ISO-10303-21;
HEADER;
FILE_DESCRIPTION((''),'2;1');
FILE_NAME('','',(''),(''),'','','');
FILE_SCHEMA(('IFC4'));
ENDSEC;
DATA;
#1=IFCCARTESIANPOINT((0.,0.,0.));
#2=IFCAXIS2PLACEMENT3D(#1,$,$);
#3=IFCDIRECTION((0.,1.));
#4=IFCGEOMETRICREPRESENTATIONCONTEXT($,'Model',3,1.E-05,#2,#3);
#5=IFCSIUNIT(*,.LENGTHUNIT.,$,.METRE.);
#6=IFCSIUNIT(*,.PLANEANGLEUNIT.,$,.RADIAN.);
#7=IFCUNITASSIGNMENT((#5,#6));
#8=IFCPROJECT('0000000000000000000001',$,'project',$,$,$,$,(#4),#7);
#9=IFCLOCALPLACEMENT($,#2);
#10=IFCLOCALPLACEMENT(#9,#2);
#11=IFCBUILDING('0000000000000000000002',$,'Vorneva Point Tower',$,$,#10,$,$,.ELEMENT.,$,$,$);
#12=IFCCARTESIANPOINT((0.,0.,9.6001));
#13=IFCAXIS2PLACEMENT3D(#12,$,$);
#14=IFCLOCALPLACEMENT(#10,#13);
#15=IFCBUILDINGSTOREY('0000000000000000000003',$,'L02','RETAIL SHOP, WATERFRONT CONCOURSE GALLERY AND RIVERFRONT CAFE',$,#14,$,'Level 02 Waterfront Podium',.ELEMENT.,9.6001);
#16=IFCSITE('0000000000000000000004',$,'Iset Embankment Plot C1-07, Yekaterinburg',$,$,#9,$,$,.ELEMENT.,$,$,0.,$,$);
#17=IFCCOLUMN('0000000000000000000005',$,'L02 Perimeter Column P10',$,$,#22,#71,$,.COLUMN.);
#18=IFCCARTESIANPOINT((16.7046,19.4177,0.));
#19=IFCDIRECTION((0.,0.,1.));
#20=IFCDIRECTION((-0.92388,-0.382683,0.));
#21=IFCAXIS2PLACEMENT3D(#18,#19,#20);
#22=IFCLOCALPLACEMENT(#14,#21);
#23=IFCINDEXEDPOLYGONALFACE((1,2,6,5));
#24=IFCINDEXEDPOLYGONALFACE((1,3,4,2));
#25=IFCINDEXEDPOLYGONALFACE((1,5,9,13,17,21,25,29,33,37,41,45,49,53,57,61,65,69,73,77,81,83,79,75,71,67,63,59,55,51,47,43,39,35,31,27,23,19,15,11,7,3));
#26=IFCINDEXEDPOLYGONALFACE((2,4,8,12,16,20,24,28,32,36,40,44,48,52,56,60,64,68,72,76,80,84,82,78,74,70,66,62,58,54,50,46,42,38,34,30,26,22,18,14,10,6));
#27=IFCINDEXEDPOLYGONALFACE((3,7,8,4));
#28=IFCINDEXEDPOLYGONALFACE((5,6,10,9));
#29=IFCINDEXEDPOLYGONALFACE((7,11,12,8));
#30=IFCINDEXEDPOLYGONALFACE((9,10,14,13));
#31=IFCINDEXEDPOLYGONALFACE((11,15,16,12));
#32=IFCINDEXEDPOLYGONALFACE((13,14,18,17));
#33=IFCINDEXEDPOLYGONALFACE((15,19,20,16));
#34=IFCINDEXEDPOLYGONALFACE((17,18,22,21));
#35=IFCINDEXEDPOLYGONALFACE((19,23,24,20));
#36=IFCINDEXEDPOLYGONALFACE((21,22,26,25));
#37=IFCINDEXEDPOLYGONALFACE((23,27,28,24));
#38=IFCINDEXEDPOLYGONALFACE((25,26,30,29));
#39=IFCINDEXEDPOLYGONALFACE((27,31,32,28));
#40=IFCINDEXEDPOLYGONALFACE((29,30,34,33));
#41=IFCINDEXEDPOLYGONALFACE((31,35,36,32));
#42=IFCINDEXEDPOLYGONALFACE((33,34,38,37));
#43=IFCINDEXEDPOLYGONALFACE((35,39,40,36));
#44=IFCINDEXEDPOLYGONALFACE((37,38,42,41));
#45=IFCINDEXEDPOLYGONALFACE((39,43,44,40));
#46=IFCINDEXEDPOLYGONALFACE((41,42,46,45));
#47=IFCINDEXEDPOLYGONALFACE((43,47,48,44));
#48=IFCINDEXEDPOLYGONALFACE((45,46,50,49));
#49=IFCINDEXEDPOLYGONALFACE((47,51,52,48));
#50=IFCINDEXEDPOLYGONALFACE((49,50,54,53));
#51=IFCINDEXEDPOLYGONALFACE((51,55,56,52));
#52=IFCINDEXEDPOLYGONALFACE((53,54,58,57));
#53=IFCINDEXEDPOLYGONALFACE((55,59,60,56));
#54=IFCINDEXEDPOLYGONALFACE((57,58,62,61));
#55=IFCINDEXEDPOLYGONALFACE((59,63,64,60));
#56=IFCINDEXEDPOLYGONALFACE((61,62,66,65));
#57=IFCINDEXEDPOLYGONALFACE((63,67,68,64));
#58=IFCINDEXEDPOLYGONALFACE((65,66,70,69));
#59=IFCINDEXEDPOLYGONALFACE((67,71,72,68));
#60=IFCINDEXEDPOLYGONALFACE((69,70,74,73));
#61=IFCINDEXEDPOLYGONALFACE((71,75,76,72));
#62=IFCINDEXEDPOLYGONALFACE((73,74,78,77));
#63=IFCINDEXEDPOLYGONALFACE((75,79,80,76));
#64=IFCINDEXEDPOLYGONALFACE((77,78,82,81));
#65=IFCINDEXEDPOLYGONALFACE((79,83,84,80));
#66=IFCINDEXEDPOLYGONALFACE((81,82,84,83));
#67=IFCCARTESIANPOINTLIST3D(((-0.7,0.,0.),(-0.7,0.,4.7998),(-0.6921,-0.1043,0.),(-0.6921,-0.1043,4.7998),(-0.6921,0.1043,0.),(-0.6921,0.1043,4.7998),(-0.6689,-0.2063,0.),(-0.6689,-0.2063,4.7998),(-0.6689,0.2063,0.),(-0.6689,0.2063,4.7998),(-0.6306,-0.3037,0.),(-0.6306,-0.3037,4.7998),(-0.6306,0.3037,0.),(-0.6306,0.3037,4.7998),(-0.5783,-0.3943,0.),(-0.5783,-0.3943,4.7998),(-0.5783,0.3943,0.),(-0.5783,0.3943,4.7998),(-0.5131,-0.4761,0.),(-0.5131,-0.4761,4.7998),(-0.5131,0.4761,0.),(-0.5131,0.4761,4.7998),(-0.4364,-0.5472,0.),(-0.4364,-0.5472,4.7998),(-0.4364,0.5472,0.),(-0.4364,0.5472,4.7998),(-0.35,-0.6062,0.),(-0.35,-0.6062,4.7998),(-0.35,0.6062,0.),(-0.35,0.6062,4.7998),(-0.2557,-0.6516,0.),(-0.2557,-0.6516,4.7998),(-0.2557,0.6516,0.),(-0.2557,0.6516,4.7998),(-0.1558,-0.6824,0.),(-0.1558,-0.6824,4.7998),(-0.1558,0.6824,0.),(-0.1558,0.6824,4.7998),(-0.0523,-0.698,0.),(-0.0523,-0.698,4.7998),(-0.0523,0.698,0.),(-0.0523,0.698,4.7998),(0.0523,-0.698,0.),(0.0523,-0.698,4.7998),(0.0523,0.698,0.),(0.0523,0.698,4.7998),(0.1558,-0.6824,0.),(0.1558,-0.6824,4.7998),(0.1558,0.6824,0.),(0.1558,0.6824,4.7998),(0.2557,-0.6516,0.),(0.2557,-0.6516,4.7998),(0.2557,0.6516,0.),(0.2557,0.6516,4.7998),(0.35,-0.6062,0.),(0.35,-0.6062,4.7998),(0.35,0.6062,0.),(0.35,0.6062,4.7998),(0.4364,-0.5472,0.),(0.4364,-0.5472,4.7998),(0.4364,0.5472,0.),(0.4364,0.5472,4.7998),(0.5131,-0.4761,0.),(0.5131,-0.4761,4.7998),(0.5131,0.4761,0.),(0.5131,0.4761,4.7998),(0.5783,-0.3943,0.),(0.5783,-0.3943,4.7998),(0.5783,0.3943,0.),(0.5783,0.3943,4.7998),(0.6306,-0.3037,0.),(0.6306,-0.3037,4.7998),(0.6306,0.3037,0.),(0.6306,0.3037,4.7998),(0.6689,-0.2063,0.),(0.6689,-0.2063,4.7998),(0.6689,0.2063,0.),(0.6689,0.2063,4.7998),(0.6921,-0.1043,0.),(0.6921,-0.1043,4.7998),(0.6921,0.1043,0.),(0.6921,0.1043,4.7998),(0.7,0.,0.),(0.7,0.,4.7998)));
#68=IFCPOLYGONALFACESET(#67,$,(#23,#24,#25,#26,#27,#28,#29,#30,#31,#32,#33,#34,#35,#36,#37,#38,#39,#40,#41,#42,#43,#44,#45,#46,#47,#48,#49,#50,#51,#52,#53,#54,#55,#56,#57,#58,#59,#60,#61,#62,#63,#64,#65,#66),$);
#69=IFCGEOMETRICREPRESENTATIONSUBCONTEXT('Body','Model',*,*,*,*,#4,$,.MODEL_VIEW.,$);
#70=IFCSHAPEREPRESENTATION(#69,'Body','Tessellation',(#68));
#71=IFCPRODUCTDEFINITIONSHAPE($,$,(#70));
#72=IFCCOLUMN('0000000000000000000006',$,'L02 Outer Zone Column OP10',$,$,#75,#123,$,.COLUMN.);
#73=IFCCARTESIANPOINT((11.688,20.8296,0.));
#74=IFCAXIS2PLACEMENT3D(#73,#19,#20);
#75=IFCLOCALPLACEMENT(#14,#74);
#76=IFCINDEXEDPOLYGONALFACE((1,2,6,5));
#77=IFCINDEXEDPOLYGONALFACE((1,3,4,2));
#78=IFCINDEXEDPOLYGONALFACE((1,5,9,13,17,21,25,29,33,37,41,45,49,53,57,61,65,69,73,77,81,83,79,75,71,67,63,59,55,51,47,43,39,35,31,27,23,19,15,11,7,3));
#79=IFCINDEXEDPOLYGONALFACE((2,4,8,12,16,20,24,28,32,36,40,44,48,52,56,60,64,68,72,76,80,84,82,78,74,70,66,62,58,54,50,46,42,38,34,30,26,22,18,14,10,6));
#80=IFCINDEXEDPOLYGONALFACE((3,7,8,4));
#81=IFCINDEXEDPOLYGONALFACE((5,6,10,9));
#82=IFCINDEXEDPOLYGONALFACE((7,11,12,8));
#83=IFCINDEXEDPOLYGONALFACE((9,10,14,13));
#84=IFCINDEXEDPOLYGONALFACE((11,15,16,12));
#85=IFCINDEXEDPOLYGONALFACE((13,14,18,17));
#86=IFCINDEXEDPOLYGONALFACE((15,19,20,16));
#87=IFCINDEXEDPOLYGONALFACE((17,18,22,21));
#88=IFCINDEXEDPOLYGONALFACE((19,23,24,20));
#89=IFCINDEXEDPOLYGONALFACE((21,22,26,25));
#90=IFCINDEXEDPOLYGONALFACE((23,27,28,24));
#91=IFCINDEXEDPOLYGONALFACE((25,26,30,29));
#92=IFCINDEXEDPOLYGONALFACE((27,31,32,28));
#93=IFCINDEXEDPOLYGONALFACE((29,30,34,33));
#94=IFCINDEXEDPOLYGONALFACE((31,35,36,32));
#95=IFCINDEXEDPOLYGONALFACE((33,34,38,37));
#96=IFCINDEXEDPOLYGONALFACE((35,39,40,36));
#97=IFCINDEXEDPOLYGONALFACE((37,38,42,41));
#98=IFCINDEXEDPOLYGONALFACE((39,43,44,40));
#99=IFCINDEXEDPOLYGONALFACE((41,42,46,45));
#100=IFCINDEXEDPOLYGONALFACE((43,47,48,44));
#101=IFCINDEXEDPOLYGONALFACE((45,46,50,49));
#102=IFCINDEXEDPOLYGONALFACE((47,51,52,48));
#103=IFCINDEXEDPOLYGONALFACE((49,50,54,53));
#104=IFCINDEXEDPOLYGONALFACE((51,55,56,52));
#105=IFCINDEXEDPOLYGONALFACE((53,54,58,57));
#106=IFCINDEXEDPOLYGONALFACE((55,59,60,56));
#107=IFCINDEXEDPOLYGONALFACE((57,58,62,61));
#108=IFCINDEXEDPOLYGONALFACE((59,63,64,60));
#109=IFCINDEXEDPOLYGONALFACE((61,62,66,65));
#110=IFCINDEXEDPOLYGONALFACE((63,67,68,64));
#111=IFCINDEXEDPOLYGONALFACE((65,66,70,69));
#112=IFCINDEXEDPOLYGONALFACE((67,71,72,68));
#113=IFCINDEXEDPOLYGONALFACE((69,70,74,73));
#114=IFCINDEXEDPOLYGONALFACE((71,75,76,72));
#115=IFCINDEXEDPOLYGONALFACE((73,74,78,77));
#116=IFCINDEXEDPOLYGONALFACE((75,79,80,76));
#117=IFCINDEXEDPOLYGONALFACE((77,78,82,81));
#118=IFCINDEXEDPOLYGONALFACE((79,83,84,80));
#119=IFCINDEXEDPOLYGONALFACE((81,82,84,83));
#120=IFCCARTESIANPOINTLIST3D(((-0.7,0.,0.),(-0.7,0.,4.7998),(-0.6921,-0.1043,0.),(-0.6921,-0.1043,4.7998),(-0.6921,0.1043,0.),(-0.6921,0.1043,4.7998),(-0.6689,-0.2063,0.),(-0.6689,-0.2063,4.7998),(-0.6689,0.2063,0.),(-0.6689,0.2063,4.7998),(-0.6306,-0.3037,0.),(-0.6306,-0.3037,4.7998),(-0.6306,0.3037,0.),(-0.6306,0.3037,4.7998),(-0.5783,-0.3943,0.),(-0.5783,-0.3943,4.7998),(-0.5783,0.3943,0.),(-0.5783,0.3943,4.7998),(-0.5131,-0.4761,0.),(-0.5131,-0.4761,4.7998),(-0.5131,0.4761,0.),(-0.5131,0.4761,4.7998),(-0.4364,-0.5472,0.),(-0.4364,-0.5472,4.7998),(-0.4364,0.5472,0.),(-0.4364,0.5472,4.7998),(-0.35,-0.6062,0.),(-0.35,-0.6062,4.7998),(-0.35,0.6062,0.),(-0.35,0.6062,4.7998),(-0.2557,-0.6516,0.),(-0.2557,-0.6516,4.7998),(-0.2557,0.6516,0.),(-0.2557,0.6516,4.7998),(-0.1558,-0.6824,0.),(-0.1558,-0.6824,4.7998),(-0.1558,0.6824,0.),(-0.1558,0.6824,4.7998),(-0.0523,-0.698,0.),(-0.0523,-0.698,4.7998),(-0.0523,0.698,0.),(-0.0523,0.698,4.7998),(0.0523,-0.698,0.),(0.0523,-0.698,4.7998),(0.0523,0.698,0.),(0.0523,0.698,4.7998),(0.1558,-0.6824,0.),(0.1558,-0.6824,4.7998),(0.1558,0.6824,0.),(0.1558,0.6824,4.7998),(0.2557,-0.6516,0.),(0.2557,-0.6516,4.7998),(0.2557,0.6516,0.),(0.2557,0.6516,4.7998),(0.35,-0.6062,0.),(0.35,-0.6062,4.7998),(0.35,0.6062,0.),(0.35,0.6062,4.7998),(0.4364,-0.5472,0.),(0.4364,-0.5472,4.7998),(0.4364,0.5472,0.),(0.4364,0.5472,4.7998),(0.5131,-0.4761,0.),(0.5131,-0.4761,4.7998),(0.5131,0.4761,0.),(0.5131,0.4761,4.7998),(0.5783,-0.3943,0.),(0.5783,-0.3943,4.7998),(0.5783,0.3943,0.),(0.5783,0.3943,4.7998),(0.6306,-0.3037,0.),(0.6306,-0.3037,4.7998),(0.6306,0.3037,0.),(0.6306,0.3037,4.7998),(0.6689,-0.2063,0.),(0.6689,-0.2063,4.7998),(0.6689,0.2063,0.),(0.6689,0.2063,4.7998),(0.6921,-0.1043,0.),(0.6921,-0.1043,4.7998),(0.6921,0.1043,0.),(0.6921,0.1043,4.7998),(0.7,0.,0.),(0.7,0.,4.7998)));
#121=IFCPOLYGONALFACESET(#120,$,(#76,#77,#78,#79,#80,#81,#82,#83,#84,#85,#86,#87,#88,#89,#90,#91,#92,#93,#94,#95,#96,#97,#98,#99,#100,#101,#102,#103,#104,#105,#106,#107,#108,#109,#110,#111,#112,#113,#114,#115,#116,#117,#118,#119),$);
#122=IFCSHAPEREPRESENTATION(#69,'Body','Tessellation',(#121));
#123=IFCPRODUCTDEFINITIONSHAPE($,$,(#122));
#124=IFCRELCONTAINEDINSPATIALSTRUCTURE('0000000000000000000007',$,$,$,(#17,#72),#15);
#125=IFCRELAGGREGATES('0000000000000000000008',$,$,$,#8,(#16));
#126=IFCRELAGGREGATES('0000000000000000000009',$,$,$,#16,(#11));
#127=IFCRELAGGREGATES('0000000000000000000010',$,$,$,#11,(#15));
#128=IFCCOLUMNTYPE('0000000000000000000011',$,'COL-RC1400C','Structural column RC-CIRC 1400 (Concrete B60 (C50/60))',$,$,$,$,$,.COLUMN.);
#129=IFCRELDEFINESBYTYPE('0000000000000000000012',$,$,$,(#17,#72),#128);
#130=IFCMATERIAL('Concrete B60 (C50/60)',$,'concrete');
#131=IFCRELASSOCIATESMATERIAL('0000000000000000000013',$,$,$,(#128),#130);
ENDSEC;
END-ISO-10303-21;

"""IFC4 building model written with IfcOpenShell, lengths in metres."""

from ifc_helpers import new_model, si_unit, direction, frame, origin, origin_2d, place, context, subcontext, project, spatial, circle, extrude, material, material_profile, profile_set, type_object, element, save


model = new_model("IFC4")

# Units and contexts
model_context = context("Model", 3, precision=1e-05, world=origin(), true_north=direction((0.0, 1.0)))
body_context = subcontext(model_context, "Body", "Model", "MODEL_VIEW")
ifc_project = project(units=[si_unit("LENGTHUNIT", "METRE"), si_unit("PLANEANGLEUNIT", "RADIAN")], contexts=[model_context])

# Site, building, storey
site_placement = place(None, origin())
site = spatial("IfcSite", under=ifc_project, at=site_placement, Name="Iset Embankment Plot C1-07, Yekaterinburg", CompositionType="ELEMENT", RefElevation=0.0)
building_placement = place(site_placement, origin())
building = spatial("IfcBuilding", under=site, at=building_placement, Name="Vorneva Point Tower", CompositionType="ELEMENT")
storey_placement = place(building_placement, frame((0.0, 0.0, 9.6001)))
storey = spatial("IfcBuildingStorey", under=building, at=storey_placement, Name="L02", Description="RETAIL SHOP, WATERFRONT CONCOURSE GALLERY AND RIVERFRONT CAFE", LongName="Level 02 Waterfront Podium", CompositionType="ELEMENT", Elevation=9.6001)

# Columns
ifc_material_1 = material(Name="Concrete B60 (C50/60)", Category="concrete")
ifc_material_profile_1 = material_profile(ifc_material_1, circle(Radius=0.7, at=origin_2d()), Name="RC-CIRC 1400")
ifc_profile_set_1 = profile_set([ifc_material_profile_1], Name="Concrete B60 (C50/60)")
column_type = type_object("IfcColumnType", Name="COL-RC1400C", Description="Structural column RC-CIRC 1400 (Concrete B60 (C50/60))", PredefinedType="COLUMN", material=ifc_profile_set_1)
for number, where, z_axis, x_axis, name in (
    (1, (16.7046, 19.4177, 0.0), (0.0, 0.0, 1.0), (-0.92388, -0.382683, 0.0), "L02 Perimeter Column P10"),
    (2, (11.688, 20.8296, 0.0), (0.0, 0.0, 1.0), (-0.92388, -0.382683, 0.0), "L02 Outer Zone Column OP10"),
):
    element("IfcColumn", number, at=place(storey_placement, frame(where, z_axis=z_axis, x_axis=x_axis)), inside=storey, type_object=column_type, Name=name, PredefinedType="COLUMN", context=body_context, shape_type="SweptSolid", body=[
        extrude(circle(Radius=0.7, at=origin_2d()), origin(), (0.0, 0.0, 1.0), 4.7998),
    ])

save(model, "model.ifc")
